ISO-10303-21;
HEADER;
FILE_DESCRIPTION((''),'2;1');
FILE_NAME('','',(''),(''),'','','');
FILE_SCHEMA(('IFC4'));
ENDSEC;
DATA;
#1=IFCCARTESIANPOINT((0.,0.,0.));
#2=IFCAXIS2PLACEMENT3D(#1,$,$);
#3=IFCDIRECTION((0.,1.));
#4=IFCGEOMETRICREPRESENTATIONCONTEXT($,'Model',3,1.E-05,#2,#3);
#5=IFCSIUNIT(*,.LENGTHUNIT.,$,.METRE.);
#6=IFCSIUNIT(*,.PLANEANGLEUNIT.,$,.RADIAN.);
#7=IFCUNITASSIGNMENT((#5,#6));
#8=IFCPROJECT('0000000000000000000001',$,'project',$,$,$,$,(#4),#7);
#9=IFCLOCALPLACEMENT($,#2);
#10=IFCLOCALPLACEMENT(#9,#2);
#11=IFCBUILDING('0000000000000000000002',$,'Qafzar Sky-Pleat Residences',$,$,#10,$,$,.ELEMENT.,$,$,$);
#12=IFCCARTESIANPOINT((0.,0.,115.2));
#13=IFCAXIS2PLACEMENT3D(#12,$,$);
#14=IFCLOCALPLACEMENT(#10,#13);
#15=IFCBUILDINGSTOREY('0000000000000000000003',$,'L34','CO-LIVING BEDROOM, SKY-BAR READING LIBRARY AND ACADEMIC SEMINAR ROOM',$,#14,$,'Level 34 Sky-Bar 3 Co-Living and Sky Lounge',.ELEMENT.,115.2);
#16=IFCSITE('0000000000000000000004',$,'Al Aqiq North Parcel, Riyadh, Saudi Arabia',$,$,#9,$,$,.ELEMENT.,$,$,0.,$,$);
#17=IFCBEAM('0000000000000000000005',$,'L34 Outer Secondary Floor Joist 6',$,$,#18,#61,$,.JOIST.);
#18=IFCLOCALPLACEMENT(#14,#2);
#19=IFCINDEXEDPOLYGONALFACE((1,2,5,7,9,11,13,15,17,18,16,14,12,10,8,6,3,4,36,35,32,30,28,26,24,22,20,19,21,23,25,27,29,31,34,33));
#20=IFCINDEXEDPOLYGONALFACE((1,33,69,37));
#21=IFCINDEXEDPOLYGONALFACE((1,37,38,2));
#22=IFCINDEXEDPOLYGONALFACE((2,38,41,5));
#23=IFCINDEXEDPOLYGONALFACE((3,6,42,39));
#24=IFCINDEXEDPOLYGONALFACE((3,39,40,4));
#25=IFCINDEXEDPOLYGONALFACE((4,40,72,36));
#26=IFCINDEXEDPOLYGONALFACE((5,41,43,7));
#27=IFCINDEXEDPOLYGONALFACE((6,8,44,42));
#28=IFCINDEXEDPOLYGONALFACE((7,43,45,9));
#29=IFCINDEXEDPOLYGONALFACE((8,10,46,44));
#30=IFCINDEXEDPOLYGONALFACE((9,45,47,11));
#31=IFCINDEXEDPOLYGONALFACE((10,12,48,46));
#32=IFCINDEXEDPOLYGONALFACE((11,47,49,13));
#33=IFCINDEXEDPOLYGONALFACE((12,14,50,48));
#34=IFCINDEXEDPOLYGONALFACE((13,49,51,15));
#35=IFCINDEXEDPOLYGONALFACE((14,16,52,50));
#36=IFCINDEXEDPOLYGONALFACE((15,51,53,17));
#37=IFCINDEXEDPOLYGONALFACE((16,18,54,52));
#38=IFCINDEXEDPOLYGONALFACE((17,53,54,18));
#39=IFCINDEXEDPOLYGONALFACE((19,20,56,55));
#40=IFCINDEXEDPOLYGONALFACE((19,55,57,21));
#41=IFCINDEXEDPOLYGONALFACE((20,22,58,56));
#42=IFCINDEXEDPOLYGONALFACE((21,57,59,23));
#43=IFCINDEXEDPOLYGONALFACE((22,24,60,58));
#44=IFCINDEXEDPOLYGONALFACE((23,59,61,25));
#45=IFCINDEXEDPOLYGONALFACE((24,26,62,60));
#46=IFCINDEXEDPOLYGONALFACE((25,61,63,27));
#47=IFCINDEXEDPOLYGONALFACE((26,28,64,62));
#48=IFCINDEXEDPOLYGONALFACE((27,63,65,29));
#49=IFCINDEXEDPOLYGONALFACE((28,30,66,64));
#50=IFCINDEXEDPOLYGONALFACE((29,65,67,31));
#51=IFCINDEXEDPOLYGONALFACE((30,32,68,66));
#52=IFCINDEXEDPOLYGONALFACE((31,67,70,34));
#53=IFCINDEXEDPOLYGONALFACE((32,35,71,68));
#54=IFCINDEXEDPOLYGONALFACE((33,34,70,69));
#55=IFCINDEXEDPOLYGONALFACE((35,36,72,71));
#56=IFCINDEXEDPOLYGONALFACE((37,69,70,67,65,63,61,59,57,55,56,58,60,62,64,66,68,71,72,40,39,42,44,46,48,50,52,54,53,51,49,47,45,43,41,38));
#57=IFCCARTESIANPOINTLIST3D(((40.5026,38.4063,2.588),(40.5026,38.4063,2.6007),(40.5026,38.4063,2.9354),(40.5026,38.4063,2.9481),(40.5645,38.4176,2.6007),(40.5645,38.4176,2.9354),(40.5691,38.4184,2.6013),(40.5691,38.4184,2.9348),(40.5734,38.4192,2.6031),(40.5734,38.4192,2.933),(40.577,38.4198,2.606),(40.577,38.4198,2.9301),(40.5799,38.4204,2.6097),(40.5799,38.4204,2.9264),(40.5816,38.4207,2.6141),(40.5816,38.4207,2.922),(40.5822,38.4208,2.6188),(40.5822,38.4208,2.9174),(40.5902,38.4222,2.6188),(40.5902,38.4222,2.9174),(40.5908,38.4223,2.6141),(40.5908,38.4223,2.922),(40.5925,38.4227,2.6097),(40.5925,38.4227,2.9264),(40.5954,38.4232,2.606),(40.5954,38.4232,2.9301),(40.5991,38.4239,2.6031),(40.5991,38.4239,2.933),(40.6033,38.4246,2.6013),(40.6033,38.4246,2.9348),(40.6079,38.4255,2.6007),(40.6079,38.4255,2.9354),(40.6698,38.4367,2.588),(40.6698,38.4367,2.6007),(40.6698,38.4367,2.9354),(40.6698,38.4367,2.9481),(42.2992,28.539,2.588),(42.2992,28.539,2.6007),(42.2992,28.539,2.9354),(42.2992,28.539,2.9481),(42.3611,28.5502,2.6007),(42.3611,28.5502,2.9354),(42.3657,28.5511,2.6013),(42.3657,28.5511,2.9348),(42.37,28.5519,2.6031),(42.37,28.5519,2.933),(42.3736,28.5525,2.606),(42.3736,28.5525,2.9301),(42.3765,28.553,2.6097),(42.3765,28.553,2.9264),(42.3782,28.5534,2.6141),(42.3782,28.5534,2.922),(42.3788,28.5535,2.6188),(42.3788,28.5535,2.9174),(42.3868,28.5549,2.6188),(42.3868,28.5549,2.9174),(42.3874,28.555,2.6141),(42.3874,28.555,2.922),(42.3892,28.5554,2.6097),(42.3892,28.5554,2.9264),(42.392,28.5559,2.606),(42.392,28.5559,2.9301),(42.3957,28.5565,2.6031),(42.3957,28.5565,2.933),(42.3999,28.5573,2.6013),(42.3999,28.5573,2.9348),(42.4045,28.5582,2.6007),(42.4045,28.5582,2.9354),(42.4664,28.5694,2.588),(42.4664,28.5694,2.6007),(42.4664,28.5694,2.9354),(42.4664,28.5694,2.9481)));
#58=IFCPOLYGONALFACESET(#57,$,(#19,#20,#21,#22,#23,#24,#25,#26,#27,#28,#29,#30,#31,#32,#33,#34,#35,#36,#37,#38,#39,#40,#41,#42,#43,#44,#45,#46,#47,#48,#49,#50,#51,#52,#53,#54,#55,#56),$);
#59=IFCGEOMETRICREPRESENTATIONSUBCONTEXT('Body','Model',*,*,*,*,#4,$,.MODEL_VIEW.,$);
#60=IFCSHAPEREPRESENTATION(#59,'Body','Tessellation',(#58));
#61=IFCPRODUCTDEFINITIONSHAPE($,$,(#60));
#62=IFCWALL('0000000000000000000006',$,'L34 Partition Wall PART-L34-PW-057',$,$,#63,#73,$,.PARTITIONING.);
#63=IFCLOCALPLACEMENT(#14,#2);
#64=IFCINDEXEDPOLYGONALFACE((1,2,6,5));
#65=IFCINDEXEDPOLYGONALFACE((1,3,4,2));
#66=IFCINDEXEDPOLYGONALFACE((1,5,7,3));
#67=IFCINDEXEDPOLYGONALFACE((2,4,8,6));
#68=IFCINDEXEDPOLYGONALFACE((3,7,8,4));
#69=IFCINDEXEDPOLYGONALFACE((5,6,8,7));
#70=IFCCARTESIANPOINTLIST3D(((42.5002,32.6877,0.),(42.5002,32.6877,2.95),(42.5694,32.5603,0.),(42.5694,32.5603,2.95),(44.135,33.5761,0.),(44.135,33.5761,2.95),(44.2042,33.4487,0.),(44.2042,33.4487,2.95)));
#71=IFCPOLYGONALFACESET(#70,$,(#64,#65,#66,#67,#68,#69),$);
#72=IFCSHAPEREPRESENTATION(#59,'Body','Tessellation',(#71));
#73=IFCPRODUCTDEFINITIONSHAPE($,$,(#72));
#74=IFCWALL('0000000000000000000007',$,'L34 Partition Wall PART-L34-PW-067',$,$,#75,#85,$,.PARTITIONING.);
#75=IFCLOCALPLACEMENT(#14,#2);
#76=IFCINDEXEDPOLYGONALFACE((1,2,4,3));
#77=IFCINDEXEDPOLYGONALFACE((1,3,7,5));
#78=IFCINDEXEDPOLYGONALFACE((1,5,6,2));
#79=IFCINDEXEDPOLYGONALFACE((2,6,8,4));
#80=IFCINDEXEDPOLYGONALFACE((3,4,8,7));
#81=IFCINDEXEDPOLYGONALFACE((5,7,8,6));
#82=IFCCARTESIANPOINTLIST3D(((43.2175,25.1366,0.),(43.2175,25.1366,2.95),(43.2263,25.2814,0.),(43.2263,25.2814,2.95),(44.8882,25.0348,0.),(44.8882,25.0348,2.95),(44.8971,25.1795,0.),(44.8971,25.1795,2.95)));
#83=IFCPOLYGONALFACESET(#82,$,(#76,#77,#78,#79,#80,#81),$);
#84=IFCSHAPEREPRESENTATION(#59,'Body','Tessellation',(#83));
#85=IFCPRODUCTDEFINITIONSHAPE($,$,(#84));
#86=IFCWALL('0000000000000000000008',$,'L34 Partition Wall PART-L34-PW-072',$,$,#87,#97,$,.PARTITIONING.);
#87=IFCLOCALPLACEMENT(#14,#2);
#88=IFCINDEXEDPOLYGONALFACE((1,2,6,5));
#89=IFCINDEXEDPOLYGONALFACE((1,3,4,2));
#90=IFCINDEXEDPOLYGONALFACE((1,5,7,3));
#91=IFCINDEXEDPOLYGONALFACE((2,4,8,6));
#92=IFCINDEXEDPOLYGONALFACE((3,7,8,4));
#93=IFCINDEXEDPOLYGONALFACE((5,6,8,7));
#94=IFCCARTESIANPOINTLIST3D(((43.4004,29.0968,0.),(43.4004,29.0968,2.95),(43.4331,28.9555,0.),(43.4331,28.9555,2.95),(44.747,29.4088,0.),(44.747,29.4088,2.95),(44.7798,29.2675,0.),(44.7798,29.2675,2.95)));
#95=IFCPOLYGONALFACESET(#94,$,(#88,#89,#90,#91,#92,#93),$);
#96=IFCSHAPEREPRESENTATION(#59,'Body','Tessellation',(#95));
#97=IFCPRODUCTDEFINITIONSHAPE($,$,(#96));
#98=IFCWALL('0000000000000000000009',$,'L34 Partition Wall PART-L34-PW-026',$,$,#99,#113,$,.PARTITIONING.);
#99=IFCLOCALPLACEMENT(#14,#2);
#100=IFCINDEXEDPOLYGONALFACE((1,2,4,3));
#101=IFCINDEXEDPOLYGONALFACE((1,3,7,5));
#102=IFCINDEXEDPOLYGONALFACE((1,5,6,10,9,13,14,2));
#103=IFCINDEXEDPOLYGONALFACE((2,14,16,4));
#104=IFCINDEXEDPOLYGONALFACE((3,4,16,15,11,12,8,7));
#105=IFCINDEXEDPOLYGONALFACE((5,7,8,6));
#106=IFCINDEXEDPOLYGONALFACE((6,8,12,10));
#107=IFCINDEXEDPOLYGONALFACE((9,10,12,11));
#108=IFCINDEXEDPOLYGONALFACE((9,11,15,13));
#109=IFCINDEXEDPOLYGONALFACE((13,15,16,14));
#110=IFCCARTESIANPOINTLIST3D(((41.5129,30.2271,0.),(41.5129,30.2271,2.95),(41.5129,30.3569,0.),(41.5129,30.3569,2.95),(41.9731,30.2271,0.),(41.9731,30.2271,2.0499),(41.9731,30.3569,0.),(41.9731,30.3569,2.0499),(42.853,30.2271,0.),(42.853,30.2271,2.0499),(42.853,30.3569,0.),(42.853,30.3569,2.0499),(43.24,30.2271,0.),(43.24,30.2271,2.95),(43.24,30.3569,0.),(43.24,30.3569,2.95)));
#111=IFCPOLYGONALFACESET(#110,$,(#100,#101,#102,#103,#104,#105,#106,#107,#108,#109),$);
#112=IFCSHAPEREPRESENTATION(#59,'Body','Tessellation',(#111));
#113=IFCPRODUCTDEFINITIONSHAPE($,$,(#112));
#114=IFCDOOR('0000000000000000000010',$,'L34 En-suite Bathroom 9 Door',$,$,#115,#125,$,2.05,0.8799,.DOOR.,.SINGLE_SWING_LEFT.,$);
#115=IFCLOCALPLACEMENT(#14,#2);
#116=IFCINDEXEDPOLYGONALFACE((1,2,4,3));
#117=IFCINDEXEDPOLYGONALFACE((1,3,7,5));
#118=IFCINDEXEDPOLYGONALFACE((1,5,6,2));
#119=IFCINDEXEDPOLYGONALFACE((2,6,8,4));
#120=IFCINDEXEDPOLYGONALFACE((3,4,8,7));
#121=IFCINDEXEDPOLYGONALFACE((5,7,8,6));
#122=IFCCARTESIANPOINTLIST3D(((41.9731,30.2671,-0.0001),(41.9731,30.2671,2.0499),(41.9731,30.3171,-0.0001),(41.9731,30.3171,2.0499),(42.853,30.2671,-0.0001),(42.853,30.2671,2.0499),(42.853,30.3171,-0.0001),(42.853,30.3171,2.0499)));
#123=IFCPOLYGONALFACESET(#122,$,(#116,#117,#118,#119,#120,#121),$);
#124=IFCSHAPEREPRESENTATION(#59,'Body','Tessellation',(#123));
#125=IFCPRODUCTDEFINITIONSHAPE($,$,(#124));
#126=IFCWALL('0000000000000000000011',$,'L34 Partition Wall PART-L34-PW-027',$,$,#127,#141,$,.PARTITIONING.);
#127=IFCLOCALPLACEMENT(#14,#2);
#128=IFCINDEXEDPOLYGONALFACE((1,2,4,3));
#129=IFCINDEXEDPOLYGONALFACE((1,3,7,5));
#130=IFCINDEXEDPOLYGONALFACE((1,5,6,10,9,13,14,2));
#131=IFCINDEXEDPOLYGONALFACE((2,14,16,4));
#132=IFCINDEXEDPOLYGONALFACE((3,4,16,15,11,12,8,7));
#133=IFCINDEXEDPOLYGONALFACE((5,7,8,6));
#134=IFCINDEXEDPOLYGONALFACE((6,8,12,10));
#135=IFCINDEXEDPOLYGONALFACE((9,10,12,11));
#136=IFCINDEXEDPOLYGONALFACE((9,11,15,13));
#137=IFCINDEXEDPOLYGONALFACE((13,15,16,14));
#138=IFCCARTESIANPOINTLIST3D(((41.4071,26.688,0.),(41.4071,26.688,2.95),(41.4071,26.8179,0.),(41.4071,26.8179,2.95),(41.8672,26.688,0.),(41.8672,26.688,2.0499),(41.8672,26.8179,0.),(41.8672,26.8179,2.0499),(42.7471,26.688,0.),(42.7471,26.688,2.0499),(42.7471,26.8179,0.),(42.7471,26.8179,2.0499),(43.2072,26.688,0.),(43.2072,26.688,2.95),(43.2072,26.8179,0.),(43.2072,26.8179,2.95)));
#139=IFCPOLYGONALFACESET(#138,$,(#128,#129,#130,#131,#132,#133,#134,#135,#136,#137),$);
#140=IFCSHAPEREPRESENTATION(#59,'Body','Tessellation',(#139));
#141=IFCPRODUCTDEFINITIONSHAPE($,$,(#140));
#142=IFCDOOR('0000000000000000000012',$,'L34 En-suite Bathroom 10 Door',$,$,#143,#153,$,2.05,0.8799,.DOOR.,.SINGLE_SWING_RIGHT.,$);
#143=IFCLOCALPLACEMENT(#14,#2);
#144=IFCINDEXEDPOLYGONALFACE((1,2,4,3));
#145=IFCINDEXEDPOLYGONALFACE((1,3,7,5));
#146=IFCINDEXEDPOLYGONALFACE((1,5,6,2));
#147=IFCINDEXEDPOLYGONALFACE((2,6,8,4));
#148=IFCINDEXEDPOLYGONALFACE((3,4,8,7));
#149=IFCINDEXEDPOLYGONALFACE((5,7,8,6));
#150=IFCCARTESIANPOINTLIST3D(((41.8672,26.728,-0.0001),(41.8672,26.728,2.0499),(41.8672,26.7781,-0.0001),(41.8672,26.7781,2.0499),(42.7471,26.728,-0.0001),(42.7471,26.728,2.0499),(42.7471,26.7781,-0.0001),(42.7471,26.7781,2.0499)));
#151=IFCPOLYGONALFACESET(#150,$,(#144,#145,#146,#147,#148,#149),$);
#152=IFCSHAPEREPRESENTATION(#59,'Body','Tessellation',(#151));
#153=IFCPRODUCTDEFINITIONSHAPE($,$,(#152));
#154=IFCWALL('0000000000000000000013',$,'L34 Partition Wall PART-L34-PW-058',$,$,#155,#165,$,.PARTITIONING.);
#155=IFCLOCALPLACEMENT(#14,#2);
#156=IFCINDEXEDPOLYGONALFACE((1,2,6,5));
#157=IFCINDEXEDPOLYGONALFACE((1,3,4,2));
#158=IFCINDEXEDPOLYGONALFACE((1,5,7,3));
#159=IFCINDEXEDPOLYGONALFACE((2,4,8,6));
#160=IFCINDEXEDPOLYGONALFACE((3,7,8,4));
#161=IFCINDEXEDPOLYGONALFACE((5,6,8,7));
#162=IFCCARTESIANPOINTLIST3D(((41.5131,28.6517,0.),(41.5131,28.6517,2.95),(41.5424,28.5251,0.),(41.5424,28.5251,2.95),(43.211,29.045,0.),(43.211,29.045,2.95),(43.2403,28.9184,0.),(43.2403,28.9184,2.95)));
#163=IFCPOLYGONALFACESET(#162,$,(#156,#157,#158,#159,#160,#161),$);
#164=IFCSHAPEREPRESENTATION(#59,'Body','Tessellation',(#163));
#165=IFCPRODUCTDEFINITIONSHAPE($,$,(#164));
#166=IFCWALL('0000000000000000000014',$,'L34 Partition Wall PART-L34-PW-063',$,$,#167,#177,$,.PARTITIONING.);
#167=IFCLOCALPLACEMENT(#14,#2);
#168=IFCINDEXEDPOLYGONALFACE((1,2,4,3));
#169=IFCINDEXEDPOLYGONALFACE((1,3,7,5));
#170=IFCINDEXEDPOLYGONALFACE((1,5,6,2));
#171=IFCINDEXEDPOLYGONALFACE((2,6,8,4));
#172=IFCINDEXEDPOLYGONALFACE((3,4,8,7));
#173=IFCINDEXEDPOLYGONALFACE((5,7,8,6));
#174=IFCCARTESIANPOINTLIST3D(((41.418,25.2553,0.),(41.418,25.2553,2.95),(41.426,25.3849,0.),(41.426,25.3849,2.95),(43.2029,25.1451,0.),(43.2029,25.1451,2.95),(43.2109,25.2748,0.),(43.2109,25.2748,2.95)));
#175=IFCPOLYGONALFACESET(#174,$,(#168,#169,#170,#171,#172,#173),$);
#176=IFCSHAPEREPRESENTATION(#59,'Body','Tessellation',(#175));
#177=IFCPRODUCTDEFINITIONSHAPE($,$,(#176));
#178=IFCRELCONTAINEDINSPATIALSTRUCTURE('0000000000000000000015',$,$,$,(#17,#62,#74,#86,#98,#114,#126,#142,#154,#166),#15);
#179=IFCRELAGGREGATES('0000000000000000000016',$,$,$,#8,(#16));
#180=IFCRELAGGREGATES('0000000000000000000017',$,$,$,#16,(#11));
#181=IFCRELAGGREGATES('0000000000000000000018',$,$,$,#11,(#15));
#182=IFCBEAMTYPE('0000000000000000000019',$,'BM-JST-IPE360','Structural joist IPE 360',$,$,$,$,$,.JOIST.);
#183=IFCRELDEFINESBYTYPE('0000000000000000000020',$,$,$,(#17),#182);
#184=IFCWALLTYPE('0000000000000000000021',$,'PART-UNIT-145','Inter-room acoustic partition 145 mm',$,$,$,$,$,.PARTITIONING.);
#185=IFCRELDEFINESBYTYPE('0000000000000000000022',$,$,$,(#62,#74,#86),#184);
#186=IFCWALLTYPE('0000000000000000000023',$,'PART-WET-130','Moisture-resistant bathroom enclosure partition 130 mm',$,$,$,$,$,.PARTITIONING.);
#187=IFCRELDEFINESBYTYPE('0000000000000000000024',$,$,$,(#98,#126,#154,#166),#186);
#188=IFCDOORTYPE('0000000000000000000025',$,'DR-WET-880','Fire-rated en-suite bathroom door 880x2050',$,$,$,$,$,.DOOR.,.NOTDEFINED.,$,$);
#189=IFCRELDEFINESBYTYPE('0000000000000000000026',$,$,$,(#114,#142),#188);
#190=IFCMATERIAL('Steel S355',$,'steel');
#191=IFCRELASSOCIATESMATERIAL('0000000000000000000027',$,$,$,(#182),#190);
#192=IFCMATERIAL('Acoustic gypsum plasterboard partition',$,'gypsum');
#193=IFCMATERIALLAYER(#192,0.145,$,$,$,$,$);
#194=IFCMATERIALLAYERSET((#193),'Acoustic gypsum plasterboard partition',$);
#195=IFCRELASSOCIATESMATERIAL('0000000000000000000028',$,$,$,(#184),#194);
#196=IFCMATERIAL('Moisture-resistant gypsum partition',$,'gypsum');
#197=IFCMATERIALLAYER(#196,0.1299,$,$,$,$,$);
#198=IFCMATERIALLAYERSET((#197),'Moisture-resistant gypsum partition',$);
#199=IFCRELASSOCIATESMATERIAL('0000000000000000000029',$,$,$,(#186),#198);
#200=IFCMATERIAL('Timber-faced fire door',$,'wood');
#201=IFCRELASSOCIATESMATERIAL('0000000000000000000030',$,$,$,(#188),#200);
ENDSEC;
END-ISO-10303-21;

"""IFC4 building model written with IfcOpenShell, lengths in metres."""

from ifc_helpers import new_model, si_unit, direction, frame, frame_2d, origin, origin_2d, place, context, subcontext, project, spatial, rectangle, i_section, extrude, source, transform, mapped, material, layer, layer_set, material_profile, profile_set, type_object, element, fill, save


model = new_model("IFC4")

# Units and contexts
model_context = context("Model", 3, precision=1e-05, world=origin(), true_north=direction((0.0, 1.0)))
body_context = subcontext(model_context, "Body", "Model", "MODEL_VIEW")
ifc_project = project(units=[si_unit("LENGTHUNIT", "METRE"), si_unit("PLANEANGLEUNIT", "RADIAN")], contexts=[model_context])

# Site, building, storey
site_placement = place(None, origin())
site = spatial("IfcSite", under=ifc_project, at=site_placement, Name="Al Aqiq North Parcel, Riyadh, Saudi Arabia", CompositionType="ELEMENT", RefElevation=0.0)
building_placement = place(site_placement, origin())
building = spatial("IfcBuilding", under=site, at=building_placement, Name="Qafzar Sky-Pleat Residences", CompositionType="ELEMENT")
storey_placement = place(building_placement, frame((0.0, 0.0, 115.2)))
storey = spatial("IfcBuildingStorey", under=building, at=storey_placement, Name="L34", Description="CO-LIVING BEDROOM, SKY-BAR READING LIBRARY AND ACADEMIC SEMINAR ROOM", LongName="Level 34 Sky-Bar 3 Co-Living and Sky Lounge", CompositionType="ELEMENT", Elevation=115.2)

# Beam
ifc_material_1 = material(Name="Steel S355", Category="steel")
ifc_material_profile_1 = material_profile(ifc_material_1, i_section(OverallWidth=0.1699, OverallDepth=0.3601, WebThickness=0.0081, FlangeThickness=0.0127, FilletRadius=0.0181, at=origin_2d()), Name="IPE 360")
ifc_profile_set_1 = profile_set([ifc_material_profile_1], Name="Steel S355")
beam_type_1 = type_object("IfcBeamType", Name="BM-JST-IPE360", Description="Structural joist IPE 360", PredefinedType="JOIST", material=ifc_profile_set_1)
shared_shape_1 = source(origin(), body_context, "Body", "SweptSolid", [
    extrude(i_section(OverallWidth=0.1699, OverallDepth=0.3601, WebThickness=0.0081, FlangeThickness=0.0127, FilletRadius=0.0181, at=origin_2d()), origin(), (0.0, 0.0, 1.0), 10.0295),
])
beam_1_placement = place(storey_placement, frame((42.3828, 28.5542, 2.7681), z_axis=(-0.179132, 0.983825, 0.0), x_axis=(-0.983825, -0.179132, 0.0)))
element("IfcBeam", 1, at=beam_1_placement, inside=storey, type_object=beam_type_1, Name="L34 Outer Secondary Floor Joist 6", PredefinedType="JOIST", context=body_context, shape_type="MappedRepresentation", body=[
    mapped(shared_shape_1, transform((0.0, 0.0, 0.0), x_axis=(1.0, 0.0, 0.0), y_axis=(0.0, 1.0, 0.0), z_axis=(0.0, 0.0, 1.0), scale=1.0)),
])

# Walls
ifc_material_2 = material(Name="Acoustic gypsum plasterboard partition", Category="gypsum")
ifc_layer_1 = layer(ifc_material_2, 0.145)
ifc_layer_set_1 = layer_set([ifc_layer_1], Name="Acoustic gypsum plasterboard partition")
wall_type_1 = type_object("IfcWallType", Name="PART-UNIT-145", Description="Inter-room acoustic partition 145 mm", PredefinedType="PARTITIONING", material=ifc_layer_set_1)
wall_1_placement = place(storey_placement, frame((42.5349, 32.624, 0.0), z_axis=(0.0, 0.0, 1.0), x_axis=(0.878632, 0.4775, 0.0)))
element("IfcWall", 2, at=wall_1_placement, inside=storey, type_object=wall_type_1, Name="L34 Partition Wall PART-L34-PW-057", PredefinedType="PARTITIONING", context=body_context, shape_type="SweptSolid", body=[
    extrude(rectangle(XDim=1.8606, YDim=0.145, at=frame_2d((0.9302, 0.0))), origin(), (0.0, 0.0, 1.0), 2.95),
])
wall_2_placement = place(storey_placement, frame((43.2219, 25.209, 0.0), z_axis=(0.0, 0.0, 1.0), x_axis=(0.998148, -0.060825, 0.0)))
element("IfcWall", 3, at=wall_2_placement, inside=storey, type_object=wall_type_1, Name="L34 Partition Wall PART-L34-PW-067", PredefinedType="PARTITIONING", context=body_context, shape_type="SweptSolid", body=[
    extrude(rectangle(XDim=1.6738, YDim=0.145, at=frame_2d((0.8369, 0.0))), origin(), (0.0, 0.0, 1.0), 2.95),
])
wall_3_placement = place(storey_placement, frame((43.4167, 29.0261, 0.0), z_axis=(0.0, 0.0, 1.0), x_axis=(0.974194, 0.225711, 0.0)))
element("IfcWall", 4, at=wall_3_placement, inside=storey, type_object=wall_type_1, Name="L34 Partition Wall PART-L34-PW-072", PredefinedType="PARTITIONING", context=body_context, shape_type="SweptSolid", body=[
    extrude(rectangle(XDim=1.3823, YDim=0.145, at=frame_2d((0.6912, 0.0))), origin(), (0.0, 0.0, 1.0), 2.95),
])

# Walls, openings, doors
ifc_material_3 = material(Name="Moisture-resistant gypsum partition", Category="gypsum")
ifc_layer_2 = layer(ifc_material_3, 0.1299)
ifc_layer_set_2 = layer_set([ifc_layer_2], Name="Moisture-resistant gypsum partition")
wall_type_2 = type_object("IfcWallType", Name="PART-WET-130", Description="Moisture-resistant bathroom enclosure partition 130 mm", PredefinedType="PARTITIONING", material=ifc_layer_set_2)
wall_4_placement = place(storey_placement, frame((43.24, 30.292, 0.0), z_axis=(0.0, 0.0, 1.0), x_axis=(-1.0, 0.0, 0.0)))
wall_4 = element("IfcWall", 5, at=wall_4_placement, inside=storey, type_object=wall_type_2, Name="L34 Partition Wall PART-L34-PW-026", PredefinedType="PARTITIONING", context=body_context, shape_type="SweptSolid", body=[
    extrude(rectangle(XDim=1.7271, YDim=0.1299, at=frame_2d((0.8635, 0.0))), origin(), (0.0, 0.0, 1.0), 2.95),
])
opening_1_placement = place(wall_4_placement, frame((0.387, 0.0, 0.0)))
opening_1 = element("IfcOpeningElement", 6, at=opening_1_placement, cuts=wall_4, PredefinedType="OPENING", context=body_context, shape_type="SweptSolid", body=[
    extrude(rectangle(XDim=0.8799, YDim=2.05, at=frame_2d((0.4399, 1.0249))), frame((0.0, 0.075, 0.0), z_axis=(0.0, -1.0, 0.0), x_axis=(1.0, 0.0, 0.0)), (0.0, 0.0, 1.0), 0.1499),
])
ifc_material_4 = material(Name="Timber-faced fire door", Category="wood")
door_type = type_object("IfcDoorType", Name="DR-WET-880", Description="Fire-rated en-suite bathroom door 880x2050", OperationType="NOTDEFINED", PredefinedType="DOOR", material=ifc_material_4)
shared_shape_2 = source(origin(), body_context, "Body", "SweptSolid", [
    extrude(rectangle(XDim=0.8799, YDim=2.05, at=frame_2d((0.4399, 1.0249))), frame((0.0, 0.0249, 0.0), z_axis=(0.0, -1.0, 0.0), x_axis=(1.0, 0.0, 0.0)), (0.0, 0.0, 1.0), 0.05),
])
door_1_placement = place(opening_1_placement, origin())
door_1 = element("IfcDoor", 7, at=door_1_placement, inside=storey, type_object=door_type, Name="L34 En-suite Bathroom 9 Door", OperationType="SINGLE_SWING_LEFT", OverallHeight=2.05, OverallWidth=0.8799, PredefinedType="DOOR", context=body_context, shape_type="MappedRepresentation", body=[
    mapped(shared_shape_2, transform((0.0, 0.0, 0.0), x_axis=(1.0, 0.0, 0.0), y_axis=(0.0, 1.0, 0.0), z_axis=(0.0, 0.0, 1.0), scale=1.0)),
])
fill(opening_1, door_1)
wall_5_placement = place(storey_placement, frame((43.207, 26.7529, 0.0), z_axis=(0.0, 0.0, 1.0), x_axis=(-1.0, 0.0, 0.0)))
wall_5 = element("IfcWall", 8, at=wall_5_placement, inside=storey, type_object=wall_type_2, Name="L34 Partition Wall PART-L34-PW-027", PredefinedType="PARTITIONING", context=body_context, shape_type="SweptSolid", body=[
    extrude(rectangle(XDim=1.8, YDim=0.1299, at=frame_2d((0.8999, 0.0))), origin(), (0.0, 0.0, 1.0), 2.95),
])
opening_2_placement = place(wall_5_placement, frame((0.46, 0.0, 0.0)))
opening_2 = element("IfcOpeningElement", 9, at=opening_2_placement, cuts=wall_5, PredefinedType="OPENING", context=body_context, shape_type="SweptSolid", body=[
    extrude(rectangle(XDim=0.8799, YDim=2.05, at=frame_2d((0.4399, 1.0249))), frame((0.0, 0.075, 0.0), z_axis=(0.0, -1.0, 0.0), x_axis=(1.0, 0.0, 0.0)), (0.0, 0.0, 1.0), 0.1499),
])
door_2_placement = place(opening_2_placement, origin())
door_2 = element("IfcDoor", 10, at=door_2_placement, inside=storey, type_object=door_type, Name="L34 En-suite Bathroom 10 Door", OperationType="SINGLE_SWING_RIGHT", OverallHeight=2.05, OverallWidth=0.8799, PredefinedType="DOOR", context=body_context, shape_type="MappedRepresentation", body=[
    mapped(shared_shape_2, transform((0.0, 0.0, 0.0), x_axis=(1.0, 0.0, 0.0), y_axis=(0.0, 1.0, 0.0), z_axis=(0.0, 0.0, 1.0), scale=1.0)),
])
fill(opening_2, door_2)

# Walls
wall_6_placement = place(storey_placement, frame((41.5276, 28.5884, 0.0), z_axis=(0.0, 0.0, 1.0), x_axis=(0.974207, 0.225657, 0.0)))
element("IfcWall", 11, at=wall_6_placement, inside=storey, type_object=wall_type_2, Name="L34 Partition Wall PART-L34-PW-058", PredefinedType="PARTITIONING", context=body_context, shape_type="SweptSolid", body=[
    extrude(rectangle(XDim=1.7429, YDim=0.1299, at=frame_2d((0.8716, 0.0))), origin(), (0.0, 0.0, 1.0), 2.95),
])
wall_7_placement = place(storey_placement, frame((41.4221, 25.3201, 0.0), z_axis=(0.0, 0.0, 1.0), x_axis=(0.998103, -0.061571, 0.0)))
element("IfcWall", 12, at=wall_7_placement, inside=storey, type_object=wall_type_2, Name="L34 Partition Wall PART-L34-PW-063", PredefinedType="PARTITIONING", context=body_context, shape_type="SweptSolid", body=[
    extrude(rectangle(XDim=1.7883, YDim=0.1299, at=frame_2d((0.894, 0.0))), origin(), (0.0, 0.0, 1.0), 2.95),
])

save(model, "model.ifc")
